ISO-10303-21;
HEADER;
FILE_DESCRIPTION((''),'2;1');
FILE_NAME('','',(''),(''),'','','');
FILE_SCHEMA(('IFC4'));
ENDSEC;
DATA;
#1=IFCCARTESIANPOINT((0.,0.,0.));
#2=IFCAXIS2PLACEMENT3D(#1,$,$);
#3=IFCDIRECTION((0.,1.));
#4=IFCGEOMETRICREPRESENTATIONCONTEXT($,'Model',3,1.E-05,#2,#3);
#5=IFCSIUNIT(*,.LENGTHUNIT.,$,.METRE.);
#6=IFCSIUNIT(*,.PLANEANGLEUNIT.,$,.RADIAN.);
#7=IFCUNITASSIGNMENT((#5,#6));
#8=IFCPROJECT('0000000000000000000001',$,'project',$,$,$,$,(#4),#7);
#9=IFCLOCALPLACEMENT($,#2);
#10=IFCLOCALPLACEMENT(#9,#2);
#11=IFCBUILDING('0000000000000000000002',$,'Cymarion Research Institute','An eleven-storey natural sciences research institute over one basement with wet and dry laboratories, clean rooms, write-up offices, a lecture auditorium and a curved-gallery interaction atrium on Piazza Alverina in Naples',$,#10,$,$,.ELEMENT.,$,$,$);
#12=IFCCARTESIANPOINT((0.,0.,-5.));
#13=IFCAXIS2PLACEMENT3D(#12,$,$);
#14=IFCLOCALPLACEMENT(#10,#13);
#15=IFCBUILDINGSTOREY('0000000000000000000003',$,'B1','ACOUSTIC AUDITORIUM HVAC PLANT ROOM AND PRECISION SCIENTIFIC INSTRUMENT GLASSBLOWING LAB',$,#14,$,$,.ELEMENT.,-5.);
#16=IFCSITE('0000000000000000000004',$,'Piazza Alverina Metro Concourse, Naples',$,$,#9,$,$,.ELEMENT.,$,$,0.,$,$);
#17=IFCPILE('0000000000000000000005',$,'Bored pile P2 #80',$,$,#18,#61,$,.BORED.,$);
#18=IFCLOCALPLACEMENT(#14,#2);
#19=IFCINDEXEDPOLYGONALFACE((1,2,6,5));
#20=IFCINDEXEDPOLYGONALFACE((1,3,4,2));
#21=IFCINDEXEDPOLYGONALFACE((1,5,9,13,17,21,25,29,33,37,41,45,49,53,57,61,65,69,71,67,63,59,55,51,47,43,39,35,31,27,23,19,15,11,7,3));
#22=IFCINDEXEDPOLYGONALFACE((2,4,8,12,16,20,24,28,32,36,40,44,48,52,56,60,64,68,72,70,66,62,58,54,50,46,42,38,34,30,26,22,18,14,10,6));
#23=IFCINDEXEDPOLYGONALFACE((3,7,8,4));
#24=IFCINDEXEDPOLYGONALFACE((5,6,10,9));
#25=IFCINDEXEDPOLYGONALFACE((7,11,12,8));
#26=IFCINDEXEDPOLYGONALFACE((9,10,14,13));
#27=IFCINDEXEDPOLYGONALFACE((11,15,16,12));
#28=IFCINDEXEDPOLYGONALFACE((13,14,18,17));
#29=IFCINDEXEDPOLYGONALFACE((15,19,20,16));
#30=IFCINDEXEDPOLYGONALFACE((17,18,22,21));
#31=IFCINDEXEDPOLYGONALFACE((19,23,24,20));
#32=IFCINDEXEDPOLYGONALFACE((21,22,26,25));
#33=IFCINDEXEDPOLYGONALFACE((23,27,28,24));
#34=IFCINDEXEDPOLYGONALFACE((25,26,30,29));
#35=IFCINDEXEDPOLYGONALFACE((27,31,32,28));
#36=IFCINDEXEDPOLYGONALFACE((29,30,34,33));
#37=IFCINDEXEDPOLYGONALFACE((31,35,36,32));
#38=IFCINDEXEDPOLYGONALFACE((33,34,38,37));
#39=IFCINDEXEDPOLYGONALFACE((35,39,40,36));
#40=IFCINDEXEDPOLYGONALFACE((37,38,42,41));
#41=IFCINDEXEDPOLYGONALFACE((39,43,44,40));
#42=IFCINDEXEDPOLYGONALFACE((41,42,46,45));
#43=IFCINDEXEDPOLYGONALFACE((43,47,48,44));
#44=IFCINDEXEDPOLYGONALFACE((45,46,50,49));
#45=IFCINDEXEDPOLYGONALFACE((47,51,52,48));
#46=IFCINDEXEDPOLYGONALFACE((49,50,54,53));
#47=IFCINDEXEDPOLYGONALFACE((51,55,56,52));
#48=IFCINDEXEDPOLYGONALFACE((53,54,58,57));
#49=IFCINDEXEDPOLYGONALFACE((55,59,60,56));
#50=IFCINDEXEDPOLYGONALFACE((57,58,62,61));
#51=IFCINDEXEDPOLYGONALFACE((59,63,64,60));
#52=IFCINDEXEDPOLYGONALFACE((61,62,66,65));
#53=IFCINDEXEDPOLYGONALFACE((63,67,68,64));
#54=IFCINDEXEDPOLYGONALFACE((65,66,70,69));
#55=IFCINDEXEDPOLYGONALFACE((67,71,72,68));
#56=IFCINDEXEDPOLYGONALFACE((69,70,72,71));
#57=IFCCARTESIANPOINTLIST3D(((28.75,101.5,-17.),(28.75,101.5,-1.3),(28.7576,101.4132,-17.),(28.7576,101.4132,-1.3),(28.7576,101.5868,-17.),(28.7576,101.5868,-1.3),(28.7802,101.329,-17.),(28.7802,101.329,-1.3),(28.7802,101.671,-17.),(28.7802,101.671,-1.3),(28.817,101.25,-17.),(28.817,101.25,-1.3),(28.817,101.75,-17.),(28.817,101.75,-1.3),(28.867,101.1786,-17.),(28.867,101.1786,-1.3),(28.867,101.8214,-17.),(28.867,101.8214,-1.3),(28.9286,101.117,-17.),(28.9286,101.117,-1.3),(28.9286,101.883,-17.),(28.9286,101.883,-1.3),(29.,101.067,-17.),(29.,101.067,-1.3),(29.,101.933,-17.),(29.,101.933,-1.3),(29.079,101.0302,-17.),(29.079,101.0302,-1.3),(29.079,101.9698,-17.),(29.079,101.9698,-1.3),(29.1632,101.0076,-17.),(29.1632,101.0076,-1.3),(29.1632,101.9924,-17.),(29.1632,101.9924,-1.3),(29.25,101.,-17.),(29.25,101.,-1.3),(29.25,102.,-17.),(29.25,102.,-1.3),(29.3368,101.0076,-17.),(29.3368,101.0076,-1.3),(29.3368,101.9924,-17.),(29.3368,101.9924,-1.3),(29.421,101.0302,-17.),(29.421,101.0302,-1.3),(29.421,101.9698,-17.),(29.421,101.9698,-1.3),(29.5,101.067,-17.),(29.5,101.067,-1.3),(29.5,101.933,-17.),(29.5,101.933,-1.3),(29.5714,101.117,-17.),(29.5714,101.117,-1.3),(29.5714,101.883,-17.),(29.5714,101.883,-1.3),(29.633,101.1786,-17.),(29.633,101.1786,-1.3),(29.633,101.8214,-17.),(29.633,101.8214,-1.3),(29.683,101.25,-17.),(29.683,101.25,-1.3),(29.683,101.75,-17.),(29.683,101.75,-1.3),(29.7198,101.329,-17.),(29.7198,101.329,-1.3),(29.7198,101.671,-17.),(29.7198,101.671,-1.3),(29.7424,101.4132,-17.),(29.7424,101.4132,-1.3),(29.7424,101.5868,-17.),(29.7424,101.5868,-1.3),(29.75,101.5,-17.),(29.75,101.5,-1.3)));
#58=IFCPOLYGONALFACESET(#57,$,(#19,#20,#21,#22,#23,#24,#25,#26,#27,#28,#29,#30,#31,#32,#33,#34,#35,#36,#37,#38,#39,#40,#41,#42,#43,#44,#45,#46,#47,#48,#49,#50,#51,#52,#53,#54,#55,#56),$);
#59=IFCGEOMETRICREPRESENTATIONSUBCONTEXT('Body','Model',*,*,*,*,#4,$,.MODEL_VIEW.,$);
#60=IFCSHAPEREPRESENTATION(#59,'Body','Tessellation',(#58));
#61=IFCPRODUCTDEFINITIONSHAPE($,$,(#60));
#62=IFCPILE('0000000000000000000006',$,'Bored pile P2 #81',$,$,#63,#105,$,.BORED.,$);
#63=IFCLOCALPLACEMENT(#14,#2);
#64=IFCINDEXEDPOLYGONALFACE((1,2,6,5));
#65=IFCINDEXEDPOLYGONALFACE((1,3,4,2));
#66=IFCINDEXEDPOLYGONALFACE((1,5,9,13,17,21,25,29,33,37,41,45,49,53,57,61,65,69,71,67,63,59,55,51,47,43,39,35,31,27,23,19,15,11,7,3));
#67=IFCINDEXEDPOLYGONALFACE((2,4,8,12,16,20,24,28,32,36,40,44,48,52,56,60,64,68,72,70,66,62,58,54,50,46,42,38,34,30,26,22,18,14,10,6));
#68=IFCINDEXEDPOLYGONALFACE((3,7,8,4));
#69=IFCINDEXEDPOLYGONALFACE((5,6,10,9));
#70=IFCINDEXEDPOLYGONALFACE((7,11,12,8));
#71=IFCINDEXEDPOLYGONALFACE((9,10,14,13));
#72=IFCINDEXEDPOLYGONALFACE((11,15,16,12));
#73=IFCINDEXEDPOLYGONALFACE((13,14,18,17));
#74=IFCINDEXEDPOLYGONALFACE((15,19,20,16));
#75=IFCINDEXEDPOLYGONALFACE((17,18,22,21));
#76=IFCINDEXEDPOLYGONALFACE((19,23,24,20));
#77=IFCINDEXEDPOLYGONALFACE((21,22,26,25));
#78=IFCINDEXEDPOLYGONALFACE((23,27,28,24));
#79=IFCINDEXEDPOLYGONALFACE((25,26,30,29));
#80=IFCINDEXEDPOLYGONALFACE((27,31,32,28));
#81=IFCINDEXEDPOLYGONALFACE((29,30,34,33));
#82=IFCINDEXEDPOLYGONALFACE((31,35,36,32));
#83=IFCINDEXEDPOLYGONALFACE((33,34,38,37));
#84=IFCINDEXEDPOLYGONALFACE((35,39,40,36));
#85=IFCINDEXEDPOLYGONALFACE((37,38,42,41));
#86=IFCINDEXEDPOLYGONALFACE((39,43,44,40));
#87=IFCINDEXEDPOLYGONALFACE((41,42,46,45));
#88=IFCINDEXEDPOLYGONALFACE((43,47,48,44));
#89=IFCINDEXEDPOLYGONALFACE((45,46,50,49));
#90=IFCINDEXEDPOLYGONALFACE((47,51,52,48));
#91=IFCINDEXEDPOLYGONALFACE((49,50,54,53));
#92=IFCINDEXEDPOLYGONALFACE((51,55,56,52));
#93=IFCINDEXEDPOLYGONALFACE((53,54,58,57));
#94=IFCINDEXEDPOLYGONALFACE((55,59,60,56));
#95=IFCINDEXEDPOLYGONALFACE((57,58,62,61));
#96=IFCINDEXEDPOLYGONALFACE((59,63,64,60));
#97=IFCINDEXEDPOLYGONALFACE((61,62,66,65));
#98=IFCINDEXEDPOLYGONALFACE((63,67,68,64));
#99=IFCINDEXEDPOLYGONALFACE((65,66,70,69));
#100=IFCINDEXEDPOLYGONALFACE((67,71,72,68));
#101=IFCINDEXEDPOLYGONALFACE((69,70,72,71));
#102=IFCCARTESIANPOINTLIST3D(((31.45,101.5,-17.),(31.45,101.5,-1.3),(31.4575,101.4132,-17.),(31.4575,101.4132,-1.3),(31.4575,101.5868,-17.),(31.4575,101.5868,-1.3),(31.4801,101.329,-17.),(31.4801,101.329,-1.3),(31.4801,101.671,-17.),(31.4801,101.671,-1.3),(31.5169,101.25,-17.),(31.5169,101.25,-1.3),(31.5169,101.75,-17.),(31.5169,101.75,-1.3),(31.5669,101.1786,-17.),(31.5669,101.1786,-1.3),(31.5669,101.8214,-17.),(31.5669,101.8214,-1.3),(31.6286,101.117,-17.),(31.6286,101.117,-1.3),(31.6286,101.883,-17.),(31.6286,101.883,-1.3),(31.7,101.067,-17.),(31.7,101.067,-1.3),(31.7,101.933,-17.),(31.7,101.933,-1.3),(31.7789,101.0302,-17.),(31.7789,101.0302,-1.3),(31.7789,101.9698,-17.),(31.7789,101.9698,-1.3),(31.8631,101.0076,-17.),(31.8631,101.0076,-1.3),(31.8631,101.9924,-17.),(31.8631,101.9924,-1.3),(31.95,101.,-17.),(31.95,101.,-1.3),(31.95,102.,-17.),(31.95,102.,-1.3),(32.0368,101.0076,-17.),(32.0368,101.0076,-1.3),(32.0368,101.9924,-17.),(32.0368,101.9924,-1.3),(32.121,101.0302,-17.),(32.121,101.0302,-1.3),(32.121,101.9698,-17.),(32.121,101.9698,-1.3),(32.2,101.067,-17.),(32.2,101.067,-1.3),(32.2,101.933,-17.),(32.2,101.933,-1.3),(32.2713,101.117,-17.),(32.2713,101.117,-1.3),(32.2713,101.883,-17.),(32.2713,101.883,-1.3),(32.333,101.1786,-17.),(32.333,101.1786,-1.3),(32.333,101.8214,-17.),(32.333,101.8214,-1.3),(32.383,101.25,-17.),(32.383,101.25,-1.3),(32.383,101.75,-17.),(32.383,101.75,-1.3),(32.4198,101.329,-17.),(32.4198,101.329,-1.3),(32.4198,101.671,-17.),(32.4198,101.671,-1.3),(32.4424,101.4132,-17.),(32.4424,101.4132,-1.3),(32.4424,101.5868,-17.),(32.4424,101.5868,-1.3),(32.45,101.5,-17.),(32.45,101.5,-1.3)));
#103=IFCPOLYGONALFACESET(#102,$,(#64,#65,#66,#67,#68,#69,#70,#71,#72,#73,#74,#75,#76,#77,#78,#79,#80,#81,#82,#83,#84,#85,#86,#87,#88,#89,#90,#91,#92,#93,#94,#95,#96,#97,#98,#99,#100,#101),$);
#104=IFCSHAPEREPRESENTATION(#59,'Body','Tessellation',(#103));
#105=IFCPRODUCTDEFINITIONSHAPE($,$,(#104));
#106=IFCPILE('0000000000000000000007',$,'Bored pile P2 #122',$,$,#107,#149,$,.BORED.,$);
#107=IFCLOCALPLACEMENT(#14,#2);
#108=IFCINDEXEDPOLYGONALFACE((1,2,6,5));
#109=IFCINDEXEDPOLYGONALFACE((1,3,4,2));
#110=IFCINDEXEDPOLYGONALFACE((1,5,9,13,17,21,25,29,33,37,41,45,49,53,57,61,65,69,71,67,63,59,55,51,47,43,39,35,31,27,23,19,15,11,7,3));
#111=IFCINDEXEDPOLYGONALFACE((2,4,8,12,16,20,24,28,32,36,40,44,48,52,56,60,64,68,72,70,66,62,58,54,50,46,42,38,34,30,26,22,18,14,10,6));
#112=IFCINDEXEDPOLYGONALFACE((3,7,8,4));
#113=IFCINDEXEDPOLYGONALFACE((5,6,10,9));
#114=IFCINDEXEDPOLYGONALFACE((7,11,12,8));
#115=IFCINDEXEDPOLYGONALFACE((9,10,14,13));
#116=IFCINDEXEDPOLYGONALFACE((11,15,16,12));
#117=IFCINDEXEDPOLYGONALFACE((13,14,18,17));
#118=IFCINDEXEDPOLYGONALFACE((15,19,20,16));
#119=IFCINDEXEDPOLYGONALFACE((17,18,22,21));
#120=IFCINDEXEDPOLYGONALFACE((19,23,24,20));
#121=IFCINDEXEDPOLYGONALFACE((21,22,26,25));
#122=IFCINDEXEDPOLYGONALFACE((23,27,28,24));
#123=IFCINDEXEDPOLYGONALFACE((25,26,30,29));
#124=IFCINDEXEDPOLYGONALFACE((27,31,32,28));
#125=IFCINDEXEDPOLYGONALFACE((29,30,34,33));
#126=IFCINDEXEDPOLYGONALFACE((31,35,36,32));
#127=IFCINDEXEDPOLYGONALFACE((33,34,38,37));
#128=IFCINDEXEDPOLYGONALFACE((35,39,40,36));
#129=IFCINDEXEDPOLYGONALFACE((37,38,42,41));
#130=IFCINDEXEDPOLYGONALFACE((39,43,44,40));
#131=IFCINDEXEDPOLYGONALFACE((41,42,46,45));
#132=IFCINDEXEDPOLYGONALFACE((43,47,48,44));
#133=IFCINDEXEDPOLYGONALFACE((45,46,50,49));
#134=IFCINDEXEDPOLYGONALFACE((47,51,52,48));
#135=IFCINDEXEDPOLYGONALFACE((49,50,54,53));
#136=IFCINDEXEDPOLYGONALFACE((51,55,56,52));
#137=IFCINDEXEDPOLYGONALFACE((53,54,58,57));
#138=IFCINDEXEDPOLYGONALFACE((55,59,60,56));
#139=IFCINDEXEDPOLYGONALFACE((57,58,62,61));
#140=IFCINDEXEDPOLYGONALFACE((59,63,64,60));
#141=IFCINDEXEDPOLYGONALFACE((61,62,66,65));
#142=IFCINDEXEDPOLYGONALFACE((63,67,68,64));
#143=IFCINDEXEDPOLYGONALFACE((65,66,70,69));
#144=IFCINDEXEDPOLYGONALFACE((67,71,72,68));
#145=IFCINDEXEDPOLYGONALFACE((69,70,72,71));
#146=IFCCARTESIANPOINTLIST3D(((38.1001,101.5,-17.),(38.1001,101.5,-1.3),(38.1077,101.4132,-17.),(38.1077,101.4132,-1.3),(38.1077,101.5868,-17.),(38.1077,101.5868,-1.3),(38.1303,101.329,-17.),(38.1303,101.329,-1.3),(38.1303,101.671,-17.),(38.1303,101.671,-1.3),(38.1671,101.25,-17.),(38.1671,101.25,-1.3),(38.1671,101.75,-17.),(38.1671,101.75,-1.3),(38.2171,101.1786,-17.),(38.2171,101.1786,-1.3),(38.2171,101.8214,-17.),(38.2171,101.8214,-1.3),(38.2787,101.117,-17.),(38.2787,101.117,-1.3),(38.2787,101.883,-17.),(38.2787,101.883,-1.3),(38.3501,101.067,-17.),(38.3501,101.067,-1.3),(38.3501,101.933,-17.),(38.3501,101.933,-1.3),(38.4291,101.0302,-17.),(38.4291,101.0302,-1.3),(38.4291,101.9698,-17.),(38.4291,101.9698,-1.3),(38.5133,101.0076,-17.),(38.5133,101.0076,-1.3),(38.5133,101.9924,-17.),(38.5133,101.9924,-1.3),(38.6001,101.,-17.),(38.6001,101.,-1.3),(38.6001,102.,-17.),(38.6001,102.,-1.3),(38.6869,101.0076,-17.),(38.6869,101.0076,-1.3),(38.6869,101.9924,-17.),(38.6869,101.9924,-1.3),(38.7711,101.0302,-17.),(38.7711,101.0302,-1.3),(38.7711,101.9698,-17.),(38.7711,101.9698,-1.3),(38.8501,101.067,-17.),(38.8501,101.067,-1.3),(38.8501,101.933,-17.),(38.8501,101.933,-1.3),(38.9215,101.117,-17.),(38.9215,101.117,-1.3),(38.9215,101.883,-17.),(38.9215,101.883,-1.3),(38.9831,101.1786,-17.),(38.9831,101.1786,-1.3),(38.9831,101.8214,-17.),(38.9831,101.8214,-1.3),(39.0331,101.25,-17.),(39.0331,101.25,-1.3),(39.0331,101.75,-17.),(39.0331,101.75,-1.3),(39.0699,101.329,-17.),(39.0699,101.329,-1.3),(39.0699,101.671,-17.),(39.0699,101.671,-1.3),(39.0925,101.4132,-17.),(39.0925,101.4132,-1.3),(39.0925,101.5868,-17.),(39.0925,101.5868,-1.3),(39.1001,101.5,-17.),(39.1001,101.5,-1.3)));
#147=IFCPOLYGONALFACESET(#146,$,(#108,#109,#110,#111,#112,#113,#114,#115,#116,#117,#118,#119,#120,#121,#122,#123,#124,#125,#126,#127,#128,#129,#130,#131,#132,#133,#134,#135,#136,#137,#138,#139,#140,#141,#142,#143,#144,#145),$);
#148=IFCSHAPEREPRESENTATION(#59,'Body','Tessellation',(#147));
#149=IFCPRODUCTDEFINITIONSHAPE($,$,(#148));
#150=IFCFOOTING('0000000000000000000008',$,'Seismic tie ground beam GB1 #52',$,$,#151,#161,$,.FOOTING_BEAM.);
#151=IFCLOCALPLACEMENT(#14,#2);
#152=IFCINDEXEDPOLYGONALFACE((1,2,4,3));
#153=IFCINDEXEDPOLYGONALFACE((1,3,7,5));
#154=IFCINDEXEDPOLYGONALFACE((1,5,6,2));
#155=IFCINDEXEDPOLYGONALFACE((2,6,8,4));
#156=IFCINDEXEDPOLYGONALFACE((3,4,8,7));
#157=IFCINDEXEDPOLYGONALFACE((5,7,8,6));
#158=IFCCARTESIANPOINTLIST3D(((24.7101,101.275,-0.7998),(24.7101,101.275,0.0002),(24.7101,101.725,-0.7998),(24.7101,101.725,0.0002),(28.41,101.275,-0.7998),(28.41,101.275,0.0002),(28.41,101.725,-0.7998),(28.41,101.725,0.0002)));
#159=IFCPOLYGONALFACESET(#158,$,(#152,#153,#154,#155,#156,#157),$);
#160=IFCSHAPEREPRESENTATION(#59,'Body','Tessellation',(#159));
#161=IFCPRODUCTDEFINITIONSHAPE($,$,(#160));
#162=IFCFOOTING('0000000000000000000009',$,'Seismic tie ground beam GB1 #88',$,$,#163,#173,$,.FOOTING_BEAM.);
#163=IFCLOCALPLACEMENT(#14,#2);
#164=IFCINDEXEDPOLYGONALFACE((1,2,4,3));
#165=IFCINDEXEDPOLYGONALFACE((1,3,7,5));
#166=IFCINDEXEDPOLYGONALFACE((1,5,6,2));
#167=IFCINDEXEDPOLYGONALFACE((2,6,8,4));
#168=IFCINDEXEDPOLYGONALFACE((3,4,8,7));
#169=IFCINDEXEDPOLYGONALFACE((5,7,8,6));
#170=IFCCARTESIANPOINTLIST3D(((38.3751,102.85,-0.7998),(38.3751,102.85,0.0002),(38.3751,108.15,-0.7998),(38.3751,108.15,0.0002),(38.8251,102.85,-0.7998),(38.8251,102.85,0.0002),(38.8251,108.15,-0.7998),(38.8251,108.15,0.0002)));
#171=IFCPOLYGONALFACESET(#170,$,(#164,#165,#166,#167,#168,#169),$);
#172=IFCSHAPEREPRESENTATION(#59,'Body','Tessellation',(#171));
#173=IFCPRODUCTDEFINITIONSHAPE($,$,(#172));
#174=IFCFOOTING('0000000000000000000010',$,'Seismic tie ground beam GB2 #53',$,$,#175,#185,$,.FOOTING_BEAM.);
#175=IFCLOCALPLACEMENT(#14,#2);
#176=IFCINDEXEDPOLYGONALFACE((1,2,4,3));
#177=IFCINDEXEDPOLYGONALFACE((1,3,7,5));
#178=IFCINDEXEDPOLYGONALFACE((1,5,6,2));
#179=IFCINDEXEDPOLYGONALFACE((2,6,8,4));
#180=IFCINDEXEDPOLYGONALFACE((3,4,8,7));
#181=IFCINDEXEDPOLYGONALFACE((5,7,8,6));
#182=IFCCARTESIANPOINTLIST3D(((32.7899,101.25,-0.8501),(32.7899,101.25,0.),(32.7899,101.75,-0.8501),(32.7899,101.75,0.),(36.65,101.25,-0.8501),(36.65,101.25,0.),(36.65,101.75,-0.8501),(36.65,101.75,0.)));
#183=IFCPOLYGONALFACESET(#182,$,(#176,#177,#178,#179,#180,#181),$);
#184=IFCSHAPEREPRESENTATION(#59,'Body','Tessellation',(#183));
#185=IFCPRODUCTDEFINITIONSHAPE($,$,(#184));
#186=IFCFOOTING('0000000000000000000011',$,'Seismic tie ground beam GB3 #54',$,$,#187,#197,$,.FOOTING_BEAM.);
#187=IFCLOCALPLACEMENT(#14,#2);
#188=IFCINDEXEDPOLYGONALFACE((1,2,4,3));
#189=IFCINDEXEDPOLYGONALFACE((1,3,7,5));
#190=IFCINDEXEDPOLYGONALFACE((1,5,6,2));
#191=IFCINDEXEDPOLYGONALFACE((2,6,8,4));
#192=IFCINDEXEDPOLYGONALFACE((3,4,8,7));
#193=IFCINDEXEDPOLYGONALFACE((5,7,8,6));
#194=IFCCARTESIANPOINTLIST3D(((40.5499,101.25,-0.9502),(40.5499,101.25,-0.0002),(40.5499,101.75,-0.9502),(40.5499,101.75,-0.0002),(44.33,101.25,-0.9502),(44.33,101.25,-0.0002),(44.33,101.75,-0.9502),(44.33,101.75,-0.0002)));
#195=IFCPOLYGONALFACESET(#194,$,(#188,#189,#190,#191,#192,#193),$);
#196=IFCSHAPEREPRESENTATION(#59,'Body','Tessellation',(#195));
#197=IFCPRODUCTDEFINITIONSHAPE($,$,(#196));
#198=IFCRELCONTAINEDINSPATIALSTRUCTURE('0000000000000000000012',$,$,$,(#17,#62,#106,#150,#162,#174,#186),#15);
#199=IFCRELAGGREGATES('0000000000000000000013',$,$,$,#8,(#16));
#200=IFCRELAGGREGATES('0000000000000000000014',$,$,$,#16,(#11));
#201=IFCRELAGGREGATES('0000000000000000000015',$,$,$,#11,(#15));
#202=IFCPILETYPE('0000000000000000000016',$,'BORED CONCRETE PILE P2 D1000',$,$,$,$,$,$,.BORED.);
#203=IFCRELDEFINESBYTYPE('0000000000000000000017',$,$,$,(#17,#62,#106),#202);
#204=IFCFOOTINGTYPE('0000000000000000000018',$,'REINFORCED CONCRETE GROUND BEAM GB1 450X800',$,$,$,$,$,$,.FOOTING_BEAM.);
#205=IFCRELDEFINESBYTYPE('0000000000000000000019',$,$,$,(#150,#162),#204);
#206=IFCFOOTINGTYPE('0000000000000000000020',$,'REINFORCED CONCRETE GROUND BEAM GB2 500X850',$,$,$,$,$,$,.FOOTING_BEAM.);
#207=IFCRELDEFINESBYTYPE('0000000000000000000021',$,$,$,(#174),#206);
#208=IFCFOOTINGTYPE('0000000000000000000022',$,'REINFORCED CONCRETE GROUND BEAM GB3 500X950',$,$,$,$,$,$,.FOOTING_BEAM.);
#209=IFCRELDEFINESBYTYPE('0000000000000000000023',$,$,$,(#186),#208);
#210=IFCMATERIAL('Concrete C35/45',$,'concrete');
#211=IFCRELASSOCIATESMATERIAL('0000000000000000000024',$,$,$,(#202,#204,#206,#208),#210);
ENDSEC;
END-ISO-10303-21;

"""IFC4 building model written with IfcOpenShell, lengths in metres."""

from ifc_helpers import new_model, si_unit, direction, frame, origin, origin_2d, place, context, subcontext, project, spatial, rectangle, circle, extrude, material, material_profile, profile_set, type_object, element, save


model = new_model("IFC4")

# Units and contexts
model_context = context("Model", 3, precision=1e-05, world=origin(), true_north=direction((0.0, 1.0)))
body_context = subcontext(model_context, "Body", "Model", "MODEL_VIEW")
ifc_project = project(units=[si_unit("LENGTHUNIT", "METRE"), si_unit("PLANEANGLEUNIT", "RADIAN")], contexts=[model_context])

# Site, building, storey
site_placement = place(None, origin())
site = spatial("IfcSite", under=ifc_project, at=site_placement, Name="Piazza Alverina Metro Concourse, Naples", CompositionType="ELEMENT", RefElevation=0.0)
building_placement = place(site_placement, origin())
building = spatial("IfcBuilding", under=site, at=building_placement, Name="Cymarion Research Institute", Description="An eleven-storey natural sciences research institute over one basement with wet and dry laboratories, clean rooms, write-up offices, a lecture auditorium and a curved-gallery interaction atrium on Piazza Alverina in Naples", CompositionType="ELEMENT")
storey_placement = place(building_placement, frame((0.0, 0.0, -5.0)))
storey = spatial("IfcBuildingStorey", under=building, at=storey_placement, Name="B1", Description="ACOUSTIC AUDITORIUM HVAC PLANT ROOM AND PRECISION SCIENTIFIC INSTRUMENT GLASSBLOWING LAB", CompositionType="ELEMENT", Elevation=-5.0)

# Piles
ifc_material_1 = material(Name="Concrete C35/45", Category="concrete")
ifc_material_profile_1 = material_profile(ifc_material_1, circle(Radius=0.5, at=origin_2d()), Name="BORED PILE D1000")
ifc_profile_set_1 = profile_set([ifc_material_profile_1], Name="Concrete C35/45")
pile_type = type_object("IfcPileType", Name="BORED CONCRETE PILE P2 D1000", PredefinedType="BORED", material=ifc_profile_set_1)
for number, where, z_axis, x_axis, name in (
    (1, (29.25, 101.5, -1.3), (0.0, 0.0, -1.0), (1.0, 0.0, 0.0), "Bored pile P2 #80"),
    (2, (31.95, 101.5, -1.3), (0.0, 0.0, -1.0), (1.0, 0.0, 0.0), "Bored pile P2 #81"),
    (3, (38.6001, 101.5, -1.3), (0.0, 0.0, -1.0), (1.0, 0.0, 0.0), "Bored pile P2 #122"),
):
    element("IfcPile", number, at=place(storey_placement, frame(where, z_axis=z_axis, x_axis=x_axis)), inside=storey, type_object=pile_type, Name=name, PredefinedType="BORED", context=body_context, shape_type="SweptSolid", body=[
        extrude(circle(Radius=0.5, at=origin_2d()), origin(), (0.0, 0.0, 1.0), 15.7),
    ])

# Footings
footing_type_1 = type_object("IfcFootingType", Name="REINFORCED CONCRETE GROUND BEAM GB1 450X800", PredefinedType="FOOTING_BEAM", material=ifc_material_1)
footing_1_placement = place(storey_placement, frame((26.5601, 101.5, -0.7998), z_axis=(0.0, 0.0, 1.0), x_axis=(1.0, 0.0, 0.0)))
element("IfcFooting", 4, at=footing_1_placement, inside=storey, type_object=footing_type_1, Name="Seismic tie ground beam GB1 #52", PredefinedType="FOOTING_BEAM", context=body_context, shape_type="SweptSolid", body=[
    extrude(rectangle(XDim=3.7, YDim=0.45, at=origin_2d()), origin(), (0.0, 0.0, 1.0), 0.8),
])
footing_2_placement = place(storey_placement, frame((38.6001, 105.5, -0.7998), z_axis=(0.0, 0.0, 1.0), x_axis=(0.0, 1.0, 0.0)))
element("IfcFooting", 5, at=footing_2_placement, inside=storey, type_object=footing_type_1, Name="Seismic tie ground beam GB1 #88", PredefinedType="FOOTING_BEAM", context=body_context, shape_type="SweptSolid", body=[
    extrude(rectangle(XDim=5.3, YDim=0.45, at=origin_2d()), origin(), (0.0, 0.0, 1.0), 0.8),
])
footing_type_2 = type_object("IfcFootingType", Name="REINFORCED CONCRETE GROUND BEAM GB2 500X850", PredefinedType="FOOTING_BEAM", material=ifc_material_1)
footing_3_placement = place(storey_placement, frame((34.72, 101.5, -0.8501), z_axis=(0.0, 0.0, 1.0), x_axis=(1.0, 0.0, 0.0)))
element("IfcFooting", 6, at=footing_3_placement, inside=storey, type_object=footing_type_2, Name="Seismic tie ground beam GB2 #53", PredefinedType="FOOTING_BEAM", context=body_context, shape_type="SweptSolid", body=[
    extrude(rectangle(XDim=3.8601, YDim=0.5, at=origin_2d()), origin(), (0.0, 0.0, 1.0), 0.8501),
])
footing_type_3 = type_object("IfcFootingType", Name="REINFORCED CONCRETE GROUND BEAM GB3 500X950", PredefinedType="FOOTING_BEAM", material=ifc_material_1)
footing_4_placement = place(storey_placement, frame((42.4399, 101.5, -0.9502), z_axis=(0.0, 0.0, 1.0), x_axis=(1.0, 0.0, 0.0)))
element("IfcFooting", 7, at=footing_4_placement, inside=storey, type_object=footing_type_3, Name="Seismic tie ground beam GB3 #54", PredefinedType="FOOTING_BEAM", context=body_context, shape_type="SweptSolid", body=[
    extrude(rectangle(XDim=3.78, YDim=0.5, at=origin_2d()), origin(), (0.0, 0.0, 1.0), 0.95),
])

save(model, "model.ifc")
